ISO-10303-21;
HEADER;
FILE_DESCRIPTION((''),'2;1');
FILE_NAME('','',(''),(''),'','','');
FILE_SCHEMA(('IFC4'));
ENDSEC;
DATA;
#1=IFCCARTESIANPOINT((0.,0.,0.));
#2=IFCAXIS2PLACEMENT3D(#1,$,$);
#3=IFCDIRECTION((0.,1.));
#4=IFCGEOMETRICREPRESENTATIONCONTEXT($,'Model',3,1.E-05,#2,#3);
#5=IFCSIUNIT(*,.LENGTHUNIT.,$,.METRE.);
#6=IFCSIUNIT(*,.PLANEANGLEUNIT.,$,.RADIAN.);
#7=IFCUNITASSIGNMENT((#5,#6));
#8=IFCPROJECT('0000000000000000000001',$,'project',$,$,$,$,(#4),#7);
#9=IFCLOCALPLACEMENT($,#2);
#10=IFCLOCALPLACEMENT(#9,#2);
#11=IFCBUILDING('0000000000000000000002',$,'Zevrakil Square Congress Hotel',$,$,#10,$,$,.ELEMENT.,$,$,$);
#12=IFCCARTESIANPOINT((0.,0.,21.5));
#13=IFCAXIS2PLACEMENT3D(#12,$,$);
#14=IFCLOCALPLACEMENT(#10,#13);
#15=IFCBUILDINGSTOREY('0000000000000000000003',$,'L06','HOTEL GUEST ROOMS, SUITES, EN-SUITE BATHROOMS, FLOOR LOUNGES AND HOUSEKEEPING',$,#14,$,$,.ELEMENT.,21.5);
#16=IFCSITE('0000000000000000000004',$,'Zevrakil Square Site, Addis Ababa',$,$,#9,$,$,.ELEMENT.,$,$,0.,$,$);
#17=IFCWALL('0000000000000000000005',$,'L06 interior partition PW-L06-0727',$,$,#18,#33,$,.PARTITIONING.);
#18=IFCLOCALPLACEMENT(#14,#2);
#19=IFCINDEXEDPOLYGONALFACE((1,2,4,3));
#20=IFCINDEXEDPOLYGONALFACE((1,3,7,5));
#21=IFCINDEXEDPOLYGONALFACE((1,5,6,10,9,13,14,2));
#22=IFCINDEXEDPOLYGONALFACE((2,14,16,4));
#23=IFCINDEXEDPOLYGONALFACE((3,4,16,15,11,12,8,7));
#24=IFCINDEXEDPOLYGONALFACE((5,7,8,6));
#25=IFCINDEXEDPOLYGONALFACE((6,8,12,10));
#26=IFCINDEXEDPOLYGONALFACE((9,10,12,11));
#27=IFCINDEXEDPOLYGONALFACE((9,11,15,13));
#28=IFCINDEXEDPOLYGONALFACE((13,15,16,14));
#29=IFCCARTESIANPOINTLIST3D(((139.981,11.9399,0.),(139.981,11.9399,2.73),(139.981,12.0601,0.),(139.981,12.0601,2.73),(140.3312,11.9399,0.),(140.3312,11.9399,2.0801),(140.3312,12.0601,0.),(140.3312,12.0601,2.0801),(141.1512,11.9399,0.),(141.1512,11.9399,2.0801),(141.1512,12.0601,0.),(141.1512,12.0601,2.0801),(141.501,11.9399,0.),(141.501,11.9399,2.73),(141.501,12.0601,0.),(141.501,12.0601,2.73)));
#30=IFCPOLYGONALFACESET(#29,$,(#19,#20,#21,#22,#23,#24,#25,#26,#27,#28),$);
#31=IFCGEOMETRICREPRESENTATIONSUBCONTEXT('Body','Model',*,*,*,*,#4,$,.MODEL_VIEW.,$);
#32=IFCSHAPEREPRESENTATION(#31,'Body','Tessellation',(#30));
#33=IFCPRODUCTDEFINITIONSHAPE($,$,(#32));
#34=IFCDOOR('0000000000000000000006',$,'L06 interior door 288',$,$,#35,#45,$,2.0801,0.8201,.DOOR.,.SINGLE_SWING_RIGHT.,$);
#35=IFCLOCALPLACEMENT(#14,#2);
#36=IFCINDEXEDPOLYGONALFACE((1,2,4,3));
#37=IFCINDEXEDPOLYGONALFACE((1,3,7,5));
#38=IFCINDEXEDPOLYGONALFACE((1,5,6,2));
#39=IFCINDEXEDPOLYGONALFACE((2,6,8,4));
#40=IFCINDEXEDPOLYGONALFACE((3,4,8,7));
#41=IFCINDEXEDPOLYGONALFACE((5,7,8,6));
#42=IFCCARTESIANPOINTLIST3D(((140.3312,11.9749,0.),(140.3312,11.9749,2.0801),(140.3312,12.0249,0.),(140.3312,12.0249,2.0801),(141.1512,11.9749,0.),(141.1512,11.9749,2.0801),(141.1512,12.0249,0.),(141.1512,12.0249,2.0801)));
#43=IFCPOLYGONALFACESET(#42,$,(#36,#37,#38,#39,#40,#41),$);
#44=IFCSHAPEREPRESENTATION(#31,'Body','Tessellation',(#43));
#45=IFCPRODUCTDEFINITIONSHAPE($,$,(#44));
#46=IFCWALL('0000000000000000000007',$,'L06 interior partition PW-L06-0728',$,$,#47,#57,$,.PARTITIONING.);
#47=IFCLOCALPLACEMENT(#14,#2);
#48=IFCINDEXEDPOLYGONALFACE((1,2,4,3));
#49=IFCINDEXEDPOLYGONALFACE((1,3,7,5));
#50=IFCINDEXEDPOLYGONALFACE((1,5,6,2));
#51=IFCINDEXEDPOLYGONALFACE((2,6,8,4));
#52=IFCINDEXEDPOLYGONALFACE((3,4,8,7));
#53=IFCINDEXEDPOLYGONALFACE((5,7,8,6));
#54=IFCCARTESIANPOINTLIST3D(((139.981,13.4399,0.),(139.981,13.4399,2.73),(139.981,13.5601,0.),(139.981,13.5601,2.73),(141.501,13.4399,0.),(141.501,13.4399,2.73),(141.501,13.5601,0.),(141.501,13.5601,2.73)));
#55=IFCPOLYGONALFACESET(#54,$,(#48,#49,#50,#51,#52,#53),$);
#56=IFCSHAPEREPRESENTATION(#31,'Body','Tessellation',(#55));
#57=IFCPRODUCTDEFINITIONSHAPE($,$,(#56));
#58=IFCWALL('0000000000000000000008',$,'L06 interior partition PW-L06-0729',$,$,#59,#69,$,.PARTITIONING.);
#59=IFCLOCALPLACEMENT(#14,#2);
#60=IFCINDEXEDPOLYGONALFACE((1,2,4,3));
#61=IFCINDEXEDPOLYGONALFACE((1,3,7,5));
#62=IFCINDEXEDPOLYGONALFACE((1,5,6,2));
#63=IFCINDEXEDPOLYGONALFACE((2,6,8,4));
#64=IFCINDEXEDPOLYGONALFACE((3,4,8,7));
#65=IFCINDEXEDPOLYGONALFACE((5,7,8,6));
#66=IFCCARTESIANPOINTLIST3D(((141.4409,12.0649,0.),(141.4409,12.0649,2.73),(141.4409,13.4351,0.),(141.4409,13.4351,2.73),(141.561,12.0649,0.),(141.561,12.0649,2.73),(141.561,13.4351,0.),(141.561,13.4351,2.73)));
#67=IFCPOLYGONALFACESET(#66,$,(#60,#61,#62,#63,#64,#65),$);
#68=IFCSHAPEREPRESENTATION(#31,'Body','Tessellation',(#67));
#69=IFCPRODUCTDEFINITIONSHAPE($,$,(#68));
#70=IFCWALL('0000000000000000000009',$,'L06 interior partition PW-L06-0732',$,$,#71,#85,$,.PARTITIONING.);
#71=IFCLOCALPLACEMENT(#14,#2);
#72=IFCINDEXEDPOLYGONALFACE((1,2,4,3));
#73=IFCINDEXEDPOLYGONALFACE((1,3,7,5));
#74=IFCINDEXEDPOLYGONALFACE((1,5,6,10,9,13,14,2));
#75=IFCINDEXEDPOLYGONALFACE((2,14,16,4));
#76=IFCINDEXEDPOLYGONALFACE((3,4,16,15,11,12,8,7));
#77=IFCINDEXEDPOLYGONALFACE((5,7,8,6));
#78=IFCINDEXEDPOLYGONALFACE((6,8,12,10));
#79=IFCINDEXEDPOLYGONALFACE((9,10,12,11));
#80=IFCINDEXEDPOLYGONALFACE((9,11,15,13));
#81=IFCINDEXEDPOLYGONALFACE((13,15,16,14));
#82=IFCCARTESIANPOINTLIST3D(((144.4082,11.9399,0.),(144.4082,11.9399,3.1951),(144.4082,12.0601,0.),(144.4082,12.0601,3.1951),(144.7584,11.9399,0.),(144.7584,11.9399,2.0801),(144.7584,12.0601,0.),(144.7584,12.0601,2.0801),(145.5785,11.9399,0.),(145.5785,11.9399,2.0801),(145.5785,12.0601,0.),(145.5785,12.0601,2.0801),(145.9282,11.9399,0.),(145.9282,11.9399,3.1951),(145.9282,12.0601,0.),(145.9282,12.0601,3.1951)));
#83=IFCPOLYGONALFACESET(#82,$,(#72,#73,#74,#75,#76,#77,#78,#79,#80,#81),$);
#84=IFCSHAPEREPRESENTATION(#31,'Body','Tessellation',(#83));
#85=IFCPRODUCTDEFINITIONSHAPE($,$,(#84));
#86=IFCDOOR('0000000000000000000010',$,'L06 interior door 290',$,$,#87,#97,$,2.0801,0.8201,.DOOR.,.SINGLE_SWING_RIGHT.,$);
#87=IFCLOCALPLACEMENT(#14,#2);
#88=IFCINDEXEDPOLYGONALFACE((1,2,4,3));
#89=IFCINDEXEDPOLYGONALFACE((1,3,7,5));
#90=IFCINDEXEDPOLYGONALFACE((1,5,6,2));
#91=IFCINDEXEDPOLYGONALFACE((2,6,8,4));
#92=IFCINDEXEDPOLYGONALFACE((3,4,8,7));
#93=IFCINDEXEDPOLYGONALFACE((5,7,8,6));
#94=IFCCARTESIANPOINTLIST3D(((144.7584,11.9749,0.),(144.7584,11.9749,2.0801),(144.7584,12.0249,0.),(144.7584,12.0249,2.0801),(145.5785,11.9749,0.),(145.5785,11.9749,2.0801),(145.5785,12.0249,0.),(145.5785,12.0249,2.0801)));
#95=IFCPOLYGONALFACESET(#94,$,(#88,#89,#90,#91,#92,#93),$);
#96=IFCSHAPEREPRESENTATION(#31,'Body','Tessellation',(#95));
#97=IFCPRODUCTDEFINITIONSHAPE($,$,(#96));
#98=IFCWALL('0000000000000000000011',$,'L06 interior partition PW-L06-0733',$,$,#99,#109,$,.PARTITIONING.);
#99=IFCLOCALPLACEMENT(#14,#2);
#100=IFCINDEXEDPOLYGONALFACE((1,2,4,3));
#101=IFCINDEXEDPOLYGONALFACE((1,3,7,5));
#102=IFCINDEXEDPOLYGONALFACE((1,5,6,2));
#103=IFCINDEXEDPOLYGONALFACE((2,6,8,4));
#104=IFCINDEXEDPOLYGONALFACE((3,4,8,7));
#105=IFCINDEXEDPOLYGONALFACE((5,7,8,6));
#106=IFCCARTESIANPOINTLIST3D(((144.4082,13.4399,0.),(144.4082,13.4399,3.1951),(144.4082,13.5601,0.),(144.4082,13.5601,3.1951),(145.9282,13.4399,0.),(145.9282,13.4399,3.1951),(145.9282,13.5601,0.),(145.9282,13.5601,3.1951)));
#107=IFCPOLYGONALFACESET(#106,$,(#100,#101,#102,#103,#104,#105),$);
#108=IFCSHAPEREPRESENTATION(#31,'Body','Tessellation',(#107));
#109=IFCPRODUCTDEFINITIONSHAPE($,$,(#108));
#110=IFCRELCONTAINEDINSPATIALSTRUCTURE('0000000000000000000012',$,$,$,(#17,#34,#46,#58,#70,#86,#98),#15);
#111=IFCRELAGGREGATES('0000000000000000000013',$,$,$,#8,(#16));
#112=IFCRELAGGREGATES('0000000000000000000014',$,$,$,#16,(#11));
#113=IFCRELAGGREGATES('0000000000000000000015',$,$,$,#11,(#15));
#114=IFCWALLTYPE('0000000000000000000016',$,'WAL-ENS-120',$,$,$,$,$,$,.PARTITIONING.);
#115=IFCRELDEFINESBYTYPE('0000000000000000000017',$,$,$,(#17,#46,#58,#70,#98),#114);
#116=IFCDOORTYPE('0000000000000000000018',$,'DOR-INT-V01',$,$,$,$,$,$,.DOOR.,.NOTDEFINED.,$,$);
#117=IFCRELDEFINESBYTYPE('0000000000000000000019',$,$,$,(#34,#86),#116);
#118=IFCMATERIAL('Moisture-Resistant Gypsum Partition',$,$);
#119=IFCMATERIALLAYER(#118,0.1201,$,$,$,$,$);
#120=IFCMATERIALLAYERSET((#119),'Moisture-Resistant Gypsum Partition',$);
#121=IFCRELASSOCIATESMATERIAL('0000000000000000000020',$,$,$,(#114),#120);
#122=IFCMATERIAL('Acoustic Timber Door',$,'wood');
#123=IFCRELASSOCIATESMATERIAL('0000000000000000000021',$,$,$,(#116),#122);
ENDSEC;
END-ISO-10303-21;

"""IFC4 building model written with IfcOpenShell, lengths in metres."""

from ifc_helpers import new_model, si_unit, direction, frame, frame_2d, origin, place, context, subcontext, project, spatial, rectangle, extrude, material, layer, layer_set, type_object, element, fill, save


model = new_model("IFC4")

# Units and contexts
model_context = context("Model", 3, precision=1e-05, world=origin(), true_north=direction((0.0, 1.0)))
body_context = subcontext(model_context, "Body", "Model", "MODEL_VIEW")
ifc_project = project(units=[si_unit("LENGTHUNIT", "METRE"), si_unit("PLANEANGLEUNIT", "RADIAN")], contexts=[model_context])

# Site, building, storey
site_placement = place(None, origin())
site = spatial("IfcSite", under=ifc_project, at=site_placement, Name="Zevrakil Square Site, Addis Ababa", CompositionType="ELEMENT", RefElevation=0.0)
building_placement = place(site_placement, origin())
building = spatial("IfcBuilding", under=site, at=building_placement, Name="Zevrakil Square Congress Hotel", CompositionType="ELEMENT")
storey_placement = place(building_placement, frame((0.0, 0.0, 21.5)))
storey = spatial("IfcBuildingStorey", under=building, at=storey_placement, Name="L06", Description="HOTEL GUEST ROOMS, SUITES, EN-SUITE BATHROOMS, FLOOR LOUNGES AND HOUSEKEEPING", CompositionType="ELEMENT", Elevation=21.5)

# Shared definitions
ifc_material_1 = material(Name="Moisture-Resistant Gypsum Partition")
ifc_layer_1 = layer(ifc_material_1, 0.1201)
ifc_layer_set_1 = layer_set([ifc_layer_1], Name="Moisture-Resistant Gypsum Partition")
wall_type_1 = type_object("IfcWallType", Name="WAL-ENS-120", PredefinedType="PARTITIONING", material=ifc_layer_set_1)

# Wall, opening, door
wall_1_placement = place(storey_placement, frame((139.981, 12.0, 0.0), z_axis=(0.0, 0.0, 1.0), x_axis=(1.0, 0.0, 0.0)))
wall_1 = element("IfcWall", 1, at=wall_1_placement, inside=storey, type_object=wall_type_1, Name="L06 interior partition PW-L06-0727", PredefinedType="PARTITIONING", context=body_context, shape_type="SweptSolid", body=[
    extrude(rectangle(XDim=1.52, YDim=0.1201, at=frame_2d((0.76, 0.0))), origin(), (0.0, 0.0, 1.0), 2.73),
])
opening_1_placement = place(wall_1_placement, frame((0.3501, 0.0, 0.0)))
opening_1 = element("IfcOpeningElement", 2, at=opening_1_placement, cuts=wall_1, PredefinedType="OPENING", context=body_context, shape_type="SweptSolid", body=[
    extrude(rectangle(XDim=0.8201, YDim=2.0801, at=frame_2d((0.4102, 1.04))), frame((0.0, 0.0701, 0.0), z_axis=(0.0, -1.0, 0.0), x_axis=(1.0, 0.0, 0.0)), (0.0, 0.0, 1.0), 0.1401),
])
ifc_material_2 = material(Name="Acoustic Timber Door", Category="wood")
door_type_1 = type_object("IfcDoorType", Name="DOR-INT-V01", OperationType="NOTDEFINED", PredefinedType="DOOR", material=ifc_material_2)
door_1_placement = place(opening_1_placement, origin())
door_1 = element("IfcDoor", 3, at=door_1_placement, inside=storey, type_object=door_type_1, Name="L06 interior door 288", OperationType="SINGLE_SWING_RIGHT", OverallHeight=2.0801, OverallWidth=0.8201, PredefinedType="DOOR", context=body_context, shape_type="SweptSolid", body=[
    extrude(rectangle(XDim=0.8201, YDim=2.0801, at=frame_2d((0.4102, 1.04))), frame((0.0, 0.0249, 0.0), z_axis=(0.0, -1.0, 0.0), x_axis=(1.0, 0.0, 0.0)), (0.0, 0.0, 1.0), 0.05),
])
fill(opening_1, door_1)

# Walls
wall_2_placement = place(storey_placement, frame((139.981, 13.5, 0.0), z_axis=(0.0, 0.0, 1.0), x_axis=(1.0, 0.0, 0.0)))
element("IfcWall", 4, at=wall_2_placement, inside=storey, type_object=wall_type_1, Name="L06 interior partition PW-L06-0728", PredefinedType="PARTITIONING", context=body_context, shape_type="SweptSolid", body=[
    extrude(rectangle(XDim=1.52, YDim=0.1201, at=frame_2d((0.76, 0.0))), origin(), (0.0, 0.0, 1.0), 2.73),
])
wall_3_placement = place(storey_placement, frame((141.501, 12.0649, 0.0), z_axis=(0.0, 0.0, 1.0), x_axis=(0.0, 1.0, 0.0)))
element("IfcWall", 5, at=wall_3_placement, inside=storey, type_object=wall_type_1, Name="L06 interior partition PW-L06-0729", PredefinedType="PARTITIONING", context=body_context, shape_type="SweptSolid", body=[
    extrude(rectangle(XDim=1.3701, YDim=0.1201, at=frame_2d((0.6851, 0.0))), origin(), (0.0, 0.0, 1.0), 2.73),
])

# Wall, opening, door
wall_4_placement = place(storey_placement, frame((144.4082, 12.0, 0.0), z_axis=(0.0, 0.0, 1.0), x_axis=(1.0, 0.0, 0.0)))
wall_4 = element("IfcWall", 6, at=wall_4_placement, inside=storey, type_object=wall_type_1, Name="L06 interior partition PW-L06-0732", PredefinedType="PARTITIONING", context=body_context, shape_type="SweptSolid", body=[
    extrude(rectangle(XDim=1.52, YDim=0.1201, at=frame_2d((0.76, 0.0))), origin(), (0.0, 0.0, 1.0), 3.1951),
])
opening_2_placement = place(wall_4_placement, frame((0.3501, 0.0, 0.0)))
opening_2 = element("IfcOpeningElement", 7, at=opening_2_placement, cuts=wall_4, PredefinedType="OPENING", context=body_context, shape_type="SweptSolid", body=[
    extrude(rectangle(XDim=0.8201, YDim=2.0801, at=frame_2d((0.4102, 1.04))), frame((0.0, 0.0701, 0.0), z_axis=(0.0, -1.0, 0.0), x_axis=(1.0, 0.0, 0.0)), (0.0, 0.0, 1.0), 0.1401),
])
door_2_placement = place(opening_2_placement, origin())
door_2 = element("IfcDoor", 8, at=door_2_placement, inside=storey, type_object=door_type_1, Name="L06 interior door 290", OperationType="SINGLE_SWING_RIGHT", OverallHeight=2.0801, OverallWidth=0.8201, PredefinedType="DOOR", context=body_context, shape_type="SweptSolid", body=[
    extrude(rectangle(XDim=0.8201, YDim=2.0801, at=frame_2d((0.4102, 1.04))), frame((0.0, 0.0249, 0.0), z_axis=(0.0, -1.0, 0.0), x_axis=(1.0, 0.0, 0.0)), (0.0, 0.0, 1.0), 0.05),
])
fill(opening_2, door_2)

# Wall
wall_5_placement = place(storey_placement, frame((144.4082, 13.5, 0.0), z_axis=(0.0, 0.0, 1.0), x_axis=(1.0, 0.0, 0.0)))
element("IfcWall", 9, at=wall_5_placement, inside=storey, type_object=wall_type_1, Name="L06 interior partition PW-L06-0733", PredefinedType="PARTITIONING", context=body_context, shape_type="SweptSolid", body=[
    extrude(rectangle(XDim=1.52, YDim=0.1201, at=frame_2d((0.76, 0.0))), origin(), (0.0, 0.0, 1.0), 3.1951),
])

save(model, "model.ifc")
